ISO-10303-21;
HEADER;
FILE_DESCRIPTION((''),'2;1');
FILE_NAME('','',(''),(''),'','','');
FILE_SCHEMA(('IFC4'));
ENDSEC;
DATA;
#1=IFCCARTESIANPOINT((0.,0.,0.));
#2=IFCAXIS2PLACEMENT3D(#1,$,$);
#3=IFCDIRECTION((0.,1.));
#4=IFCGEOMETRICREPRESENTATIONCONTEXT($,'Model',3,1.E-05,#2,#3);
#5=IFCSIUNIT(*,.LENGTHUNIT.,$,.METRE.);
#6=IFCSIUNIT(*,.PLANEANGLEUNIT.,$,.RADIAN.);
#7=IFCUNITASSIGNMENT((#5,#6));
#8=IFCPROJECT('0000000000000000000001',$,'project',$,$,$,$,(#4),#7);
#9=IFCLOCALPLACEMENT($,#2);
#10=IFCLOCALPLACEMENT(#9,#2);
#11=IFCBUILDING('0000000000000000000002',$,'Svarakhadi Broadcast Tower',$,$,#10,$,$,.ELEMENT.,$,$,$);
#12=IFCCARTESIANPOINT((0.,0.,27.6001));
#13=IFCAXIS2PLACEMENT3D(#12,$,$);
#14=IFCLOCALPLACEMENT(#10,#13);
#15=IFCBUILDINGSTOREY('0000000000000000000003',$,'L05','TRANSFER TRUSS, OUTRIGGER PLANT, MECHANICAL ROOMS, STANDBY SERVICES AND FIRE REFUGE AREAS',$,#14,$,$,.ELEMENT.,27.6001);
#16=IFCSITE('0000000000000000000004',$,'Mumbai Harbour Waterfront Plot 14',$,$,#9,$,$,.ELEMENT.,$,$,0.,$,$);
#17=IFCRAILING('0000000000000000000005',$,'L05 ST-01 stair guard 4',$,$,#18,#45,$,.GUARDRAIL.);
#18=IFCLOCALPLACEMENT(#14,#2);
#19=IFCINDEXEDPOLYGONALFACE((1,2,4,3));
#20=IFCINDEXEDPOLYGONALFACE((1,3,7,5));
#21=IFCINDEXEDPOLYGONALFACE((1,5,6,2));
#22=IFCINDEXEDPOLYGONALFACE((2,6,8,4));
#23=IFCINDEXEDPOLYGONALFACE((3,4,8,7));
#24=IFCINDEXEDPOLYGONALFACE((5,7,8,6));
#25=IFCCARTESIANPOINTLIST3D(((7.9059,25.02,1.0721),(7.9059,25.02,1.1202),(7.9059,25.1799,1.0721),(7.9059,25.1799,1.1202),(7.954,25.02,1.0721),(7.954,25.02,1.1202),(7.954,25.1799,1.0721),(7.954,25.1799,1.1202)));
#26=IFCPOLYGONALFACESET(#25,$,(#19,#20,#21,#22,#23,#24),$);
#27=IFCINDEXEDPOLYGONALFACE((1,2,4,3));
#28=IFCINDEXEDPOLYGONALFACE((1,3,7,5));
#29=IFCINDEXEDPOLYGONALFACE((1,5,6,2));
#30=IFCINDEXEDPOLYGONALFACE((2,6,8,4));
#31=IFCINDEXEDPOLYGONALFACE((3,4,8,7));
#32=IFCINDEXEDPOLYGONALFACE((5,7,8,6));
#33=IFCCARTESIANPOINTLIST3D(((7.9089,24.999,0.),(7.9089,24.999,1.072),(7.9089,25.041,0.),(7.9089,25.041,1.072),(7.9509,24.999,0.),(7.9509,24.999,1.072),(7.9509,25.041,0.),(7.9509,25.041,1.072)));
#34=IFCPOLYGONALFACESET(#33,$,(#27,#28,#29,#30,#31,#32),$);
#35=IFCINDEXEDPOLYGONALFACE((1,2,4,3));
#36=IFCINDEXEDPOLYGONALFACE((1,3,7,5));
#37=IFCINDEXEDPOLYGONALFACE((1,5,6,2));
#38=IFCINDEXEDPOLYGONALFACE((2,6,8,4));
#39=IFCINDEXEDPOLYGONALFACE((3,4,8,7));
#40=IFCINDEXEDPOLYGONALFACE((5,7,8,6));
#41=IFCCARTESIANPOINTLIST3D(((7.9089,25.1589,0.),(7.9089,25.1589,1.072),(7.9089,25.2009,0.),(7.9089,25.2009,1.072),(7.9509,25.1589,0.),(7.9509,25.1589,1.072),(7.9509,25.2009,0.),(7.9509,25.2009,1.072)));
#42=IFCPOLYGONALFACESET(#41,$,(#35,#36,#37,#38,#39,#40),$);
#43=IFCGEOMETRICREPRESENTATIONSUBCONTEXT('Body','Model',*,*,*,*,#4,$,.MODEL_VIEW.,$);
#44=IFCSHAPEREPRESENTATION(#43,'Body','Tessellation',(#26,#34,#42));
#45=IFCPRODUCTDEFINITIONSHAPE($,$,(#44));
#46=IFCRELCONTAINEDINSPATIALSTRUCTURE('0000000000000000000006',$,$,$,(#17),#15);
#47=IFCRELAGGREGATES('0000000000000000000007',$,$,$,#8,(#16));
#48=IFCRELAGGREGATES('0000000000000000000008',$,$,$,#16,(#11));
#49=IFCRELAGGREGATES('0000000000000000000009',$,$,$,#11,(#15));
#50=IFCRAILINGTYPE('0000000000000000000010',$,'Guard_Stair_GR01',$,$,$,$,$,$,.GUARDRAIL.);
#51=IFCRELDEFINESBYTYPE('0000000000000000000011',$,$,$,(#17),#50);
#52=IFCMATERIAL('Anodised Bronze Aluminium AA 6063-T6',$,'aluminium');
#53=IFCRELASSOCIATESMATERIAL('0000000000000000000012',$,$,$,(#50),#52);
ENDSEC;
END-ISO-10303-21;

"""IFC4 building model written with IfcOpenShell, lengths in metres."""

from ifc_helpers import new_model, si_unit, direction, frame, origin, origin_2d, place, context, subcontext, project, spatial, rectangle, extrude, material, type_object, element, save


model = new_model("IFC4")

# Units and contexts
model_context = context("Model", 3, precision=1e-05, world=origin(), true_north=direction((0.0, 1.0)))
body_context = subcontext(model_context, "Body", "Model", "MODEL_VIEW")
ifc_project = project(units=[si_unit("LENGTHUNIT", "METRE"), si_unit("PLANEANGLEUNIT", "RADIAN")], contexts=[model_context])

# Site, building, storey
site_placement = place(None, origin())
site = spatial("IfcSite", under=ifc_project, at=site_placement, Name="Mumbai Harbour Waterfront Plot 14", CompositionType="ELEMENT", RefElevation=0.0)
building_placement = place(site_placement, origin())
building = spatial("IfcBuilding", under=site, at=building_placement, Name="Svarakhadi Broadcast Tower", CompositionType="ELEMENT")
storey_placement = place(building_placement, frame((0.0, 0.0, 27.6001)))
storey = spatial("IfcBuildingStorey", under=building, at=storey_placement, Name="L05", Description="TRANSFER TRUSS, OUTRIGGER PLANT, MECHANICAL ROOMS, STANDBY SERVICES AND FIRE REFUGE AREAS", CompositionType="ELEMENT", Elevation=27.6001)

# Railing
ifc_material_1 = material(Name="Anodised Bronze Aluminium AA 6063-T6", Category="aluminium")
railing_type = type_object("IfcRailingType", Name="Guard_Stair_GR01", PredefinedType="GUARDRAIL", material=ifc_material_1)
railing_1_placement = place(storey_placement, frame((7.9299, 25.02, 0.0)))
element("IfcRailing", 1, at=railing_1_placement, inside=storey, type_object=railing_type, Name="L05 ST-01 stair guard 4", PredefinedType="GUARDRAIL", context=body_context, shape_type="SweptSolid", body=[
    extrude(rectangle(XDim=0.0481, YDim=0.0481, at=origin_2d()), frame((0.0, 0.0, 1.0962), z_axis=(0.0, 1.0, 0.0), x_axis=(-1.0, 0.0, 0.0)), (0.0, 0.0, 1.0), 0.1599),
    extrude(rectangle(XDim=0.042, YDim=0.042, at=origin_2d()), origin(), (0.0, 0.0, 1.0), 1.072),
    extrude(rectangle(XDim=0.042, YDim=0.042, at=origin_2d()), frame((0.0, 0.1599, 0.0)), (0.0, 0.0, 1.0), 1.072),
])

save(model, "model.ifc")
